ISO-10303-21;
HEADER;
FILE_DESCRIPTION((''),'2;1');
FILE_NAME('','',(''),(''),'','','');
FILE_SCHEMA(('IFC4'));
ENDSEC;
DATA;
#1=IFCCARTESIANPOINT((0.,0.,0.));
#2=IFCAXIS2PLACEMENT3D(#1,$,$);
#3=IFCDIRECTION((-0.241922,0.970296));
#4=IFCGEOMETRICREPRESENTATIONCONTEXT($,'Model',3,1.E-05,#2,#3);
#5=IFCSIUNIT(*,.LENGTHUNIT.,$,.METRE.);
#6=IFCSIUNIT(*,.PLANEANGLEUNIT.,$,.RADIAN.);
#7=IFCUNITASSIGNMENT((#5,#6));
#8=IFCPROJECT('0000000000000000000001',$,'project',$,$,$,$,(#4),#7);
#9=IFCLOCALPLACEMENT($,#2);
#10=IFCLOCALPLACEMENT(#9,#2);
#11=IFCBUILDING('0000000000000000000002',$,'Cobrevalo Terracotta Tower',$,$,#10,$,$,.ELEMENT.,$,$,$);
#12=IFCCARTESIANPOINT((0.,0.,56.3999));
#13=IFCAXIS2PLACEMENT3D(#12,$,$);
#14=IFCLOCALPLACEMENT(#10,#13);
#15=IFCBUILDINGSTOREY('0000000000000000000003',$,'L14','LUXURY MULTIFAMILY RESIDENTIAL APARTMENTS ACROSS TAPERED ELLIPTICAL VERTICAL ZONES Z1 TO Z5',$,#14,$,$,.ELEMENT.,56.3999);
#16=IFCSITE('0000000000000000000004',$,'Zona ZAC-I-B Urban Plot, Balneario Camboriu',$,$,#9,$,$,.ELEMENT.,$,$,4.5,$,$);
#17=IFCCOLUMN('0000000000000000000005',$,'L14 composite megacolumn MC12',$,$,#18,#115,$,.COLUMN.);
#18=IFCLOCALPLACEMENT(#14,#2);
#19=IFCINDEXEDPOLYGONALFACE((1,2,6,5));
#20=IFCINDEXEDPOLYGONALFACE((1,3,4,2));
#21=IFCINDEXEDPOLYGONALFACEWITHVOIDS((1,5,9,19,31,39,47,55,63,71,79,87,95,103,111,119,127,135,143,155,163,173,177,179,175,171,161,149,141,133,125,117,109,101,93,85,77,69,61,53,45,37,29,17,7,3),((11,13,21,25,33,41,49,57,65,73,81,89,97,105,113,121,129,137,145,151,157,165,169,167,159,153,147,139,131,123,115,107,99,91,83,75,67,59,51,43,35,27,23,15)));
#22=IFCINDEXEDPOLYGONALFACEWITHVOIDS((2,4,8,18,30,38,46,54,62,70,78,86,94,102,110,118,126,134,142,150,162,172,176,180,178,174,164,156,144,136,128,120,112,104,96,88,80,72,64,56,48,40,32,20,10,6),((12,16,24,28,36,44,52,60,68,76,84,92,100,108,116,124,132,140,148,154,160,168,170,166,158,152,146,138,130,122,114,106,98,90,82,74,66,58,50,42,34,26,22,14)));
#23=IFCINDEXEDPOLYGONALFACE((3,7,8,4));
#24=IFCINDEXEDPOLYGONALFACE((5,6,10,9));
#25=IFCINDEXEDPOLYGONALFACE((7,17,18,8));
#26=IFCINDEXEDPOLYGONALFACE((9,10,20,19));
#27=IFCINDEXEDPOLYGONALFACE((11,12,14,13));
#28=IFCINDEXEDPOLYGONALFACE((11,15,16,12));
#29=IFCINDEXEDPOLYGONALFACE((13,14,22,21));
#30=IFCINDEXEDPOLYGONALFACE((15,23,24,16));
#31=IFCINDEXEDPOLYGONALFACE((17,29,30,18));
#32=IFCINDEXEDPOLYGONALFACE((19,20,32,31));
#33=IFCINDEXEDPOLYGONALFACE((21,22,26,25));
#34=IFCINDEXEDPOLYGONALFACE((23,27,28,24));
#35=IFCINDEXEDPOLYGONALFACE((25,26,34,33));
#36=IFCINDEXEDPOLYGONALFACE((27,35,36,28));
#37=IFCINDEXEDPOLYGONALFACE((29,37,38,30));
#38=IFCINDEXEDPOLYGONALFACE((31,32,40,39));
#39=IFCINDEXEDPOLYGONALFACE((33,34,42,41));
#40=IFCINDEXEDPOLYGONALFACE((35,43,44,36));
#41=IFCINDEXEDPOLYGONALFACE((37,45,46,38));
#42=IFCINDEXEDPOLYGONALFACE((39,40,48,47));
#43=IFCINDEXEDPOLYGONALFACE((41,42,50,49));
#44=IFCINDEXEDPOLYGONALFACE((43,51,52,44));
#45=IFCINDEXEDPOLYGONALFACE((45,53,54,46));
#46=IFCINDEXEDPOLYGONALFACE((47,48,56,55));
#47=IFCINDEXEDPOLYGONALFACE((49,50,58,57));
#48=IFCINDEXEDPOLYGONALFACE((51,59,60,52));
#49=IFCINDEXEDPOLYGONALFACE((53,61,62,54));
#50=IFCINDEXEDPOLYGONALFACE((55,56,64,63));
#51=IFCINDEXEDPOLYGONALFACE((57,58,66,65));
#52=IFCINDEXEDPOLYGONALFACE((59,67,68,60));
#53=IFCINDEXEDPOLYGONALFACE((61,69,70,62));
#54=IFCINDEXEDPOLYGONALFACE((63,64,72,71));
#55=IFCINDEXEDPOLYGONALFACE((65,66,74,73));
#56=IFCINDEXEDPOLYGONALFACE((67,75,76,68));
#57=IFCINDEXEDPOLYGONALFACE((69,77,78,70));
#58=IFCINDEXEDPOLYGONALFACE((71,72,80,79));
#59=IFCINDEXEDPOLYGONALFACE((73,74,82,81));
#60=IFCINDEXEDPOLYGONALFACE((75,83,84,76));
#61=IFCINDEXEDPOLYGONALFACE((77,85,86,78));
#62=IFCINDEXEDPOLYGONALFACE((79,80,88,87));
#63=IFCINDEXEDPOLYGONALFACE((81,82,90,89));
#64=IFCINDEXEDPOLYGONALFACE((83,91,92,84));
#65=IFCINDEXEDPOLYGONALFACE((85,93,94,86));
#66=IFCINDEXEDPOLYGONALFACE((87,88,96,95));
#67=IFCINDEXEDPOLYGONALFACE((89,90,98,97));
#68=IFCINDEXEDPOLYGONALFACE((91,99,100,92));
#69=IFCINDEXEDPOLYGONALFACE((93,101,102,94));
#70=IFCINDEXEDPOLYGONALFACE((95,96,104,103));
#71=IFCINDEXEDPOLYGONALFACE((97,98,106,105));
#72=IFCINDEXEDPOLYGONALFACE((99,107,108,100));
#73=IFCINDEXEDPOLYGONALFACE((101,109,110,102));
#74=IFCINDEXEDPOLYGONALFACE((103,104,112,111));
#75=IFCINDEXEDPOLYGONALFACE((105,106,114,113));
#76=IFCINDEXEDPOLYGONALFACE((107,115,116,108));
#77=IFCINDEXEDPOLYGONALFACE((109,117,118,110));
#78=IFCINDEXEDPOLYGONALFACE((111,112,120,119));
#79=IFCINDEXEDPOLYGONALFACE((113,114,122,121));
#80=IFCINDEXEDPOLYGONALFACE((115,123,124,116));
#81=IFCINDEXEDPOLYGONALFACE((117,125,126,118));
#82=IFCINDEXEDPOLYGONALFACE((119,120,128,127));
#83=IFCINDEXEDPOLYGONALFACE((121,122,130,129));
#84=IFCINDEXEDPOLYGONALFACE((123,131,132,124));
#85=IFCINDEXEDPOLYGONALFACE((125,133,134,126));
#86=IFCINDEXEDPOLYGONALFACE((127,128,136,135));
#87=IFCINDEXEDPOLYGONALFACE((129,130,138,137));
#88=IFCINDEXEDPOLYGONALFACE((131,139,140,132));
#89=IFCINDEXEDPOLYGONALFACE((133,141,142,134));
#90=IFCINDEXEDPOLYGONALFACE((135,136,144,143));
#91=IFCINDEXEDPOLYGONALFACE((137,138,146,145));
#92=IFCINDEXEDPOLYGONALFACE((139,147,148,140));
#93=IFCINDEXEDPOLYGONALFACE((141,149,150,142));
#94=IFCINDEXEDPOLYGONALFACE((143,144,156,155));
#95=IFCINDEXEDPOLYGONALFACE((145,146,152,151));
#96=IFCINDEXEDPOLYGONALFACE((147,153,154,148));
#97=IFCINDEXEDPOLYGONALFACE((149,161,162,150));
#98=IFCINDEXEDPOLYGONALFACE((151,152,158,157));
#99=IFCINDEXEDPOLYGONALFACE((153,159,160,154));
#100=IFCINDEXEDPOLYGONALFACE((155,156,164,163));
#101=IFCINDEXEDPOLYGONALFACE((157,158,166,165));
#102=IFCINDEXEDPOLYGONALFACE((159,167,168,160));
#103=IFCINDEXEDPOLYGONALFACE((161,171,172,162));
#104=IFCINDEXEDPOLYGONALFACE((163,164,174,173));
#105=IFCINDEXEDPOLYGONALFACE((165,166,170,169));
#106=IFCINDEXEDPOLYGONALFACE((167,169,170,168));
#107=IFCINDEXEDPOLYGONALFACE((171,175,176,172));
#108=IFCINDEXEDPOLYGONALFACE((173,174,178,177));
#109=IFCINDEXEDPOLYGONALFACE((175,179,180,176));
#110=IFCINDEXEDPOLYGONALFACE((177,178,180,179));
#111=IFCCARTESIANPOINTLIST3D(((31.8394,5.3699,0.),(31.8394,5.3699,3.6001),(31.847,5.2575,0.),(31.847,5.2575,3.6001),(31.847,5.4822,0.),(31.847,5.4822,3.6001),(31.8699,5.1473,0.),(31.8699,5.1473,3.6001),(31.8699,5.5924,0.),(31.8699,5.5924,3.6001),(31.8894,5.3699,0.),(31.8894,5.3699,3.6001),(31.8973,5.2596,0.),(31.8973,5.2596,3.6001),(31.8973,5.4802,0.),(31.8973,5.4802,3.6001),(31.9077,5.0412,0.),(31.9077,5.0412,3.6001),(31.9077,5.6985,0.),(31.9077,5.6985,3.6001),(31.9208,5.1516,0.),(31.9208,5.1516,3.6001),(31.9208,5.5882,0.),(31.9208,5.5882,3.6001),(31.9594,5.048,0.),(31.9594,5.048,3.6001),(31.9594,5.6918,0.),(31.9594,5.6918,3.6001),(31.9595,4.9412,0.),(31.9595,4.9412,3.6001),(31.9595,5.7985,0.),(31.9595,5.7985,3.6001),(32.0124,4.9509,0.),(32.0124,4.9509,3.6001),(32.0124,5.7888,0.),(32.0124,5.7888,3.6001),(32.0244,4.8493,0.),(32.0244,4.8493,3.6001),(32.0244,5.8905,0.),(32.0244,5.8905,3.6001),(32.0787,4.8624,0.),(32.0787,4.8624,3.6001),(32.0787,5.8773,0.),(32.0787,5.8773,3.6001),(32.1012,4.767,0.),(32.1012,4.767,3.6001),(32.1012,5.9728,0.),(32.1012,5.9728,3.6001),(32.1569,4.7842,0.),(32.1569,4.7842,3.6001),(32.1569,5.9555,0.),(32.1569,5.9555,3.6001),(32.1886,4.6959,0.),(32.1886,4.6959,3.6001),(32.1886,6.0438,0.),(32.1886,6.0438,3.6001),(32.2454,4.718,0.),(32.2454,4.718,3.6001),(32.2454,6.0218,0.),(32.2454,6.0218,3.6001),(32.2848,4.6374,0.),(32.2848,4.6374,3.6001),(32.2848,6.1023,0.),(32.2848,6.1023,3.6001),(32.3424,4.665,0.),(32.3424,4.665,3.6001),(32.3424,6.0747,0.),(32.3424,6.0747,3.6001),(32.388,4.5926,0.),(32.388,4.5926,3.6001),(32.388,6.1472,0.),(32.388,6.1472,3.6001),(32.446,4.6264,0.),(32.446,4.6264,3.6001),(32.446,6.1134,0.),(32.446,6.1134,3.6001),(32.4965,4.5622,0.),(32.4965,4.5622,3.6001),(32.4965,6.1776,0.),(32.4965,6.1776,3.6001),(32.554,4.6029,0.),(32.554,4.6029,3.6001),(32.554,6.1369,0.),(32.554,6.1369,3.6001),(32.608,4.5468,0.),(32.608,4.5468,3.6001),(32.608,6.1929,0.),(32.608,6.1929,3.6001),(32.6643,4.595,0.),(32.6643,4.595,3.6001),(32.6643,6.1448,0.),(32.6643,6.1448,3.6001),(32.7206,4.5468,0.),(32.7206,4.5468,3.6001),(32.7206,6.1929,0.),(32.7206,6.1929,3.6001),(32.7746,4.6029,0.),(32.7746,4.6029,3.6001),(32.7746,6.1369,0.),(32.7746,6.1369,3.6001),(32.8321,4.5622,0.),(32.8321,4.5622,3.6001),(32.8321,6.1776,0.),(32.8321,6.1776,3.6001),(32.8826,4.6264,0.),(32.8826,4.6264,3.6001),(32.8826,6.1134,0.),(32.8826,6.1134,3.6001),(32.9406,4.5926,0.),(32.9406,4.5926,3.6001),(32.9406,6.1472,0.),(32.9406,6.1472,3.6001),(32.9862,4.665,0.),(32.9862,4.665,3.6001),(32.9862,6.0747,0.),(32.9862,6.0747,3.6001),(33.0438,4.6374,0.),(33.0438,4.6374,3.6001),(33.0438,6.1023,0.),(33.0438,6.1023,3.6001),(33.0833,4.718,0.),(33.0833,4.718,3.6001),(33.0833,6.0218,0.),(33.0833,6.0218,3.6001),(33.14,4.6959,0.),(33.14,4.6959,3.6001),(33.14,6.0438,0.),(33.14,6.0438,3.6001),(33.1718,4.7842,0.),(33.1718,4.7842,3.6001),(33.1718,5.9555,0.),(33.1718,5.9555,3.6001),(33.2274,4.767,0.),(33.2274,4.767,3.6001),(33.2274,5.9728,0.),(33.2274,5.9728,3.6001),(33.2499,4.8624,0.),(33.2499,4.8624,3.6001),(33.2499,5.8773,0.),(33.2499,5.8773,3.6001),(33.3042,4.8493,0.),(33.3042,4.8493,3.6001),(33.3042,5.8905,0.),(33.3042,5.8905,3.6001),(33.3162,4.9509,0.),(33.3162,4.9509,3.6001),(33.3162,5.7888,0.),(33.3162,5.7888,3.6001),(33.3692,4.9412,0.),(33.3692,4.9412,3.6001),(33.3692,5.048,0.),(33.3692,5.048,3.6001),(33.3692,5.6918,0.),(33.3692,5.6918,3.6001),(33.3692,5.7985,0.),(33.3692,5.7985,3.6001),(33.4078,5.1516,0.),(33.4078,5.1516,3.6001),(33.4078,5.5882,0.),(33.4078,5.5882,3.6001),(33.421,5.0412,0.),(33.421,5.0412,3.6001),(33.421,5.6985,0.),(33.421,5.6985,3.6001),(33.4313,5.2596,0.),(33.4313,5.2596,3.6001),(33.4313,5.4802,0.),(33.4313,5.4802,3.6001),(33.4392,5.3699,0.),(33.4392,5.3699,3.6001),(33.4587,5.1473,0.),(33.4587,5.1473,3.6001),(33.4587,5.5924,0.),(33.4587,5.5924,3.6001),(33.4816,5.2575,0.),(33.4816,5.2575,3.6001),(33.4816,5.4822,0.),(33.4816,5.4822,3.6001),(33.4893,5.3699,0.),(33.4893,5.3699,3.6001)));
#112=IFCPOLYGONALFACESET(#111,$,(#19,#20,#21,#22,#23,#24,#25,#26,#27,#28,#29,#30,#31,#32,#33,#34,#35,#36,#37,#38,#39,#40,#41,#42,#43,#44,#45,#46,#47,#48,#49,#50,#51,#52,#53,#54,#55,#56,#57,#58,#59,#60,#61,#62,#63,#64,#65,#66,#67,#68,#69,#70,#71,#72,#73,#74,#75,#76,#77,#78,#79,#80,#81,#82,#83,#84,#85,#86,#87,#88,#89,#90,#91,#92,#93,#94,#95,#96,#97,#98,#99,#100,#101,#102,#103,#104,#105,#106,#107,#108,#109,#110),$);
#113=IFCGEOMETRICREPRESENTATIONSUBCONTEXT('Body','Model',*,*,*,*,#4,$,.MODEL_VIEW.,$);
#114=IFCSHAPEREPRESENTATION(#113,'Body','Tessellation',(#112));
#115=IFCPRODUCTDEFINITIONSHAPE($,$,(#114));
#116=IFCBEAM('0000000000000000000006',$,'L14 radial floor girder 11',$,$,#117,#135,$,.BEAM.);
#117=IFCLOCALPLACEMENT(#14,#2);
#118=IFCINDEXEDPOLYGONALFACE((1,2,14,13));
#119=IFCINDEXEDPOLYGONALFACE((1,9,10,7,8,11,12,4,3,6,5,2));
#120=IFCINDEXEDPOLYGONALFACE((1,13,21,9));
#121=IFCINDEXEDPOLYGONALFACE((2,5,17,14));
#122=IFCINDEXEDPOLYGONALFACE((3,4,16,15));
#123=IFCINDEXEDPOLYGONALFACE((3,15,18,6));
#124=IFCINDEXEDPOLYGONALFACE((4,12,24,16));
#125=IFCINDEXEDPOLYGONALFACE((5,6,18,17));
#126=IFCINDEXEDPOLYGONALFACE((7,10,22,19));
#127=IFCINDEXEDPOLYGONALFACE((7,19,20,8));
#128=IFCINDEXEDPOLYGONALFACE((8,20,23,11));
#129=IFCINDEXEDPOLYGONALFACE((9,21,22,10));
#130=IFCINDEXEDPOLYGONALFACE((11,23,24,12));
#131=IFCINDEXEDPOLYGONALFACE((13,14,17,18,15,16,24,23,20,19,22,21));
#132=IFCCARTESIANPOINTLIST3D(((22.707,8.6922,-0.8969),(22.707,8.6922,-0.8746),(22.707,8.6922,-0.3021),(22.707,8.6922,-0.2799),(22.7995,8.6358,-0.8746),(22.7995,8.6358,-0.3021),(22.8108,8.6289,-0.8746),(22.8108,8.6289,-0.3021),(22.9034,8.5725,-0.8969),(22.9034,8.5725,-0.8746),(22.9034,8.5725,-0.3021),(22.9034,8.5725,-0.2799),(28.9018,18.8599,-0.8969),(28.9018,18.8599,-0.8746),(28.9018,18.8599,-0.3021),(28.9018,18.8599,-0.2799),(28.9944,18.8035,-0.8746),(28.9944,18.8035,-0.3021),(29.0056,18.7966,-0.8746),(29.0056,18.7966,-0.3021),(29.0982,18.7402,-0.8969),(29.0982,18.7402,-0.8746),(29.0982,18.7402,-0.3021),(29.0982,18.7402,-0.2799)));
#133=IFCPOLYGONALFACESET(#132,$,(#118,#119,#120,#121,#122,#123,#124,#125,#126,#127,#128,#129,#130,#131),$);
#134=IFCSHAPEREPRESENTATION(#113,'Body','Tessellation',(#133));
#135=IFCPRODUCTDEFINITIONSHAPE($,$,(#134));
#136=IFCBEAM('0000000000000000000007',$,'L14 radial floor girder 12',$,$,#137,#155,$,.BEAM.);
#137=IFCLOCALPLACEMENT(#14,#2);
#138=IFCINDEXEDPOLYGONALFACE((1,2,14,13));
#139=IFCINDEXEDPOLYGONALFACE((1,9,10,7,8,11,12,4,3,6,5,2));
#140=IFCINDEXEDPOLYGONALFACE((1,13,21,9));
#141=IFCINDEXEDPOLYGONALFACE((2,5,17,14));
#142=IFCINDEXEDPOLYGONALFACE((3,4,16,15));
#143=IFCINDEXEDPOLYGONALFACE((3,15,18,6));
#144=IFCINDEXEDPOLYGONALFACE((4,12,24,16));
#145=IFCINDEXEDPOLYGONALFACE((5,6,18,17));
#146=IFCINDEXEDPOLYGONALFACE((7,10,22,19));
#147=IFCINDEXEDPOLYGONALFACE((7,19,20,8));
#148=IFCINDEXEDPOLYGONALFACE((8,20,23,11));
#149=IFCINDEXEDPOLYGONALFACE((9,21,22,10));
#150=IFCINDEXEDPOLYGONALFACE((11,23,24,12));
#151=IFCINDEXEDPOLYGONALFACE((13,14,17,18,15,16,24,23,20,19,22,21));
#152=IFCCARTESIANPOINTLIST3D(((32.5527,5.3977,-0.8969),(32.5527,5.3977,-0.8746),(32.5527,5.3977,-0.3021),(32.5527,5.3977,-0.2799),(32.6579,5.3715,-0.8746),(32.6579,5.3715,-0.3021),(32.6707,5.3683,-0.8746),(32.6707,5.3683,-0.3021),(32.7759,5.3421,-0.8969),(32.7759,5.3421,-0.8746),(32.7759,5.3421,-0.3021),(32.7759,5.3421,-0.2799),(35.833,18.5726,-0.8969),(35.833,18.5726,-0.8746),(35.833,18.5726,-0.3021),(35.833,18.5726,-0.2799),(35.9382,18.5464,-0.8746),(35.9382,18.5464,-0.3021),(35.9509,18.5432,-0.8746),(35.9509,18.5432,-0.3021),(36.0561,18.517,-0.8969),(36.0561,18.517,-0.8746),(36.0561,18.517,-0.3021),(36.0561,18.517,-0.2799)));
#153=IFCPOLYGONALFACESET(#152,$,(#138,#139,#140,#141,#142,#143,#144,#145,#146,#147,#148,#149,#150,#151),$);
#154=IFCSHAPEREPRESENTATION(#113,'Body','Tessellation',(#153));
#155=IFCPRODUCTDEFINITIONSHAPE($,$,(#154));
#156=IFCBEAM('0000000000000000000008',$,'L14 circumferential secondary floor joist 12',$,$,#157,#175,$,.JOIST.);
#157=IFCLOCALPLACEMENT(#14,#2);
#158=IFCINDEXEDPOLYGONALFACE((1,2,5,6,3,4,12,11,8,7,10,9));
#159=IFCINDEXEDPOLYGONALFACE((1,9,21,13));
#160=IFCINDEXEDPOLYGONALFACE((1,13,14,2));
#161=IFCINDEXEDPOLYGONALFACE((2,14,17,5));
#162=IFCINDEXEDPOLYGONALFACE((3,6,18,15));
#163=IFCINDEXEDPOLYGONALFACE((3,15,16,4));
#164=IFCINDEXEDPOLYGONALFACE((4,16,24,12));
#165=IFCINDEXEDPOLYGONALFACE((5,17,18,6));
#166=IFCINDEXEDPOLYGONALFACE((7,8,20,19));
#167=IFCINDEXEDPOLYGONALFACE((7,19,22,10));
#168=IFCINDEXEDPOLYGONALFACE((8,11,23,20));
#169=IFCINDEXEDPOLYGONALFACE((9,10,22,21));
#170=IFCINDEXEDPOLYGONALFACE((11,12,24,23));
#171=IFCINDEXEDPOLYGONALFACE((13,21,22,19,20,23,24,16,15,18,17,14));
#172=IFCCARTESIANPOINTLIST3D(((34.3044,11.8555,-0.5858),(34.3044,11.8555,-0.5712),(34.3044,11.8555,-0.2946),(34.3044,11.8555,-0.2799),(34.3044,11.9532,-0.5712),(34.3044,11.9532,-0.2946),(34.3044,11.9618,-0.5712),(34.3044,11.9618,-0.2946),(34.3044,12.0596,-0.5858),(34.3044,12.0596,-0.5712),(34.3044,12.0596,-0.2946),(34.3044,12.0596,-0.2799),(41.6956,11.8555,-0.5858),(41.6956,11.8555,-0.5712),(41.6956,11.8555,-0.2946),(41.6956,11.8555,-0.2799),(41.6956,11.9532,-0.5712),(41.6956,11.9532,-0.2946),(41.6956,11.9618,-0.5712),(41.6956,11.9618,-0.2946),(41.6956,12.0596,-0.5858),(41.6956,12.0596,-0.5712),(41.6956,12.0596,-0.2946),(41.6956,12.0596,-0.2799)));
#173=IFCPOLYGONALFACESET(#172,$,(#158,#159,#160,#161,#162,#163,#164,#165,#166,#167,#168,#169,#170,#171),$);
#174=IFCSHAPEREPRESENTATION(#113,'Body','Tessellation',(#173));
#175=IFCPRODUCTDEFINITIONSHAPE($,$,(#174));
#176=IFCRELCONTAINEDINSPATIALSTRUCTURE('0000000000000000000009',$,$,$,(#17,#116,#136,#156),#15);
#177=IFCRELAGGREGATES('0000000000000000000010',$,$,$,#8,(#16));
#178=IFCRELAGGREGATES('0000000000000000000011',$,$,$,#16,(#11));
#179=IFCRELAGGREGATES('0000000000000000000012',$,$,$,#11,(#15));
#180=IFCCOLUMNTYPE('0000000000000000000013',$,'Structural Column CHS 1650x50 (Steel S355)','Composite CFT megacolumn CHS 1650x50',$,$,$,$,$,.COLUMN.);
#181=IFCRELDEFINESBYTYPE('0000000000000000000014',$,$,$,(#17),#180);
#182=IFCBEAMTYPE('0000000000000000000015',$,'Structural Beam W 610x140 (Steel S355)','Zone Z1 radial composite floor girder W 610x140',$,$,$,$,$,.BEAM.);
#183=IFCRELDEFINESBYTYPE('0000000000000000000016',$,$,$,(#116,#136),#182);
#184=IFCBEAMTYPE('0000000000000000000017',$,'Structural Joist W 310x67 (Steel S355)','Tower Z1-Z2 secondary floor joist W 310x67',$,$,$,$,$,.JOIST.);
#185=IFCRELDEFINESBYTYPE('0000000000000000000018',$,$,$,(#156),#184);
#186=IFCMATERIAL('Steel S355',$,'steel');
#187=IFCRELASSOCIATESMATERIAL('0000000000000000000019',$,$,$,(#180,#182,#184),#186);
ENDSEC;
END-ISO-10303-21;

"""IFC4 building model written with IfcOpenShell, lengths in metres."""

from ifc_helpers import new_model, si_unit, direction, frame, origin, origin_2d, place, context, subcontext, project, spatial, hollow_circle, i_section, extrude, material, material_profile, profile_set, type_object, element, save


model = new_model("IFC4")

# Units and contexts
model_context = context("Model", 3, precision=1e-05, world=origin(), true_north=direction((-0.241922, 0.970296)))
body_context = subcontext(model_context, "Body", "Model", "MODEL_VIEW")
ifc_project = project(units=[si_unit("LENGTHUNIT", "METRE"), si_unit("PLANEANGLEUNIT", "RADIAN")], contexts=[model_context])

# Site, building, storey
site_placement = place(None, origin())
site = spatial("IfcSite", under=ifc_project, at=site_placement, Name="Zona ZAC-I-B Urban Plot, Balneario Camboriu", CompositionType="ELEMENT", RefElevation=4.5)
building_placement = place(site_placement, origin())
building = spatial("IfcBuilding", under=site, at=building_placement, Name="Cobrevalo Terracotta Tower", CompositionType="ELEMENT")
storey_placement = place(building_placement, frame((0.0, 0.0, 56.3999)))
storey = spatial("IfcBuildingStorey", under=building, at=storey_placement, Name="L14", Description="LUXURY MULTIFAMILY RESIDENTIAL APARTMENTS ACROSS TAPERED ELLIPTICAL VERTICAL ZONES Z1 TO Z5", CompositionType="ELEMENT", Elevation=56.3999)

# Column
ifc_material_1 = material(Name="Steel S355", Category="steel")
ifc_material_profile_1 = material_profile(ifc_material_1, hollow_circle(Radius=0.825, WallThickness=0.05, at=origin_2d()), Name="CHS 1650x50")
ifc_profile_set_1 = profile_set([ifc_material_profile_1], Name="Steel S355")
column_type = type_object("IfcColumnType", Name="Structural Column CHS 1650x50 (Steel S355)", Description="Composite CFT megacolumn CHS 1650x50", PredefinedType="COLUMN", material=ifc_profile_set_1)
for number, where, z_axis, x_axis, name in (
    (1, (32.6643, 5.3699, 0.0), (0.0, 0.0, 1.0), (1.0, 0.0, 0.0), "L14 composite megacolumn MC12"),
):
    element("IfcColumn", number, at=place(storey_placement, frame(where, z_axis=z_axis, x_axis=x_axis)), inside=storey, type_object=column_type, Name=name, PredefinedType="COLUMN", context=body_context, shape_type="SweptSolid", body=[
        extrude(hollow_circle(Radius=0.825, WallThickness=0.05, at=origin_2d()), origin(), (0.0, 0.0, 1.0), 3.6001),
    ])

# Beams
ifc_material_profile_2 = material_profile(ifc_material_1, i_section(OverallWidth=0.23, OverallDepth=0.6169, WebThickness=0.0132, FlangeThickness=0.0222, at=origin_2d()), Name="W 610x140")
ifc_profile_set_2 = profile_set([ifc_material_profile_2], Name="Steel S355")
beam_type_1 = type_object("IfcBeamType", Name="Structural Beam W 610x140 (Steel S355)", Description="Zone Z1 radial composite floor girder W 610x140", PredefinedType="BEAM", material=ifc_profile_set_2)
beam_1_placement = place(storey_placement, frame((22.8052, 8.6323, -0.5884), z_axis=(0.520301, 0.853983, 0.0), x_axis=(-0.853983, 0.520301, 0.0)))
element("IfcBeam", 2, at=beam_1_placement, inside=storey, type_object=beam_type_1, Name="L14 radial floor girder 11", PredefinedType="BEAM", context=body_context, shape_type="SweptSolid", body=[
    extrude(i_section(OverallWidth=0.23, OverallDepth=0.6169, WebThickness=0.0132, FlangeThickness=0.0222, at=origin_2d()), origin(), (0.0, 0.0, 1.0), 11.9062),
])
beam_2_placement = place(storey_placement, frame((32.6643, 5.3699, -0.5884), z_axis=(0.2416, 0.970376, 0.0), x_axis=(-0.970376, 0.2416, 0.0)))
element("IfcBeam", 3, at=beam_2_placement, inside=storey, type_object=beam_type_1, Name="L14 radial floor girder 12", PredefinedType="BEAM", context=body_context, shape_type="SweptSolid", body=[
    extrude(i_section(OverallWidth=0.23, OverallDepth=0.6169, WebThickness=0.0132, FlangeThickness=0.0222, at=origin_2d()), origin(), (0.0, 0.0, 1.0), 13.5771),
])
ifc_material_profile_3 = material_profile(ifc_material_1, i_section(OverallWidth=0.2041, OverallDepth=0.3059, WebThickness=0.0085, FlangeThickness=0.0146, at=origin_2d()), Name="W 310x67")
ifc_profile_set_3 = profile_set([ifc_material_profile_3], Name="Steel S355")
beam_type_2 = type_object("IfcBeamType", Name="Structural Joist W 310x67 (Steel S355)", Description="Tower Z1-Z2 secondary floor joist W 310x67", PredefinedType="JOIST", material=ifc_profile_set_3)
beam_3_placement = place(storey_placement, frame((34.3044, 11.9575, -0.4329), z_axis=(1.0, 0.0, 0.0), x_axis=(0.0, 1.0, 0.0)))
element("IfcBeam", 4, at=beam_3_placement, inside=storey, type_object=beam_type_2, Name="L14 circumferential secondary floor joist 12", PredefinedType="JOIST", context=body_context, shape_type="SweptSolid", body=[
    extrude(i_section(OverallWidth=0.2041, OverallDepth=0.3059, WebThickness=0.0085, FlangeThickness=0.0146, at=origin_2d()), origin(), (0.0, 0.0, 1.0), 7.3911),
])

save(model, "model.ifc")
